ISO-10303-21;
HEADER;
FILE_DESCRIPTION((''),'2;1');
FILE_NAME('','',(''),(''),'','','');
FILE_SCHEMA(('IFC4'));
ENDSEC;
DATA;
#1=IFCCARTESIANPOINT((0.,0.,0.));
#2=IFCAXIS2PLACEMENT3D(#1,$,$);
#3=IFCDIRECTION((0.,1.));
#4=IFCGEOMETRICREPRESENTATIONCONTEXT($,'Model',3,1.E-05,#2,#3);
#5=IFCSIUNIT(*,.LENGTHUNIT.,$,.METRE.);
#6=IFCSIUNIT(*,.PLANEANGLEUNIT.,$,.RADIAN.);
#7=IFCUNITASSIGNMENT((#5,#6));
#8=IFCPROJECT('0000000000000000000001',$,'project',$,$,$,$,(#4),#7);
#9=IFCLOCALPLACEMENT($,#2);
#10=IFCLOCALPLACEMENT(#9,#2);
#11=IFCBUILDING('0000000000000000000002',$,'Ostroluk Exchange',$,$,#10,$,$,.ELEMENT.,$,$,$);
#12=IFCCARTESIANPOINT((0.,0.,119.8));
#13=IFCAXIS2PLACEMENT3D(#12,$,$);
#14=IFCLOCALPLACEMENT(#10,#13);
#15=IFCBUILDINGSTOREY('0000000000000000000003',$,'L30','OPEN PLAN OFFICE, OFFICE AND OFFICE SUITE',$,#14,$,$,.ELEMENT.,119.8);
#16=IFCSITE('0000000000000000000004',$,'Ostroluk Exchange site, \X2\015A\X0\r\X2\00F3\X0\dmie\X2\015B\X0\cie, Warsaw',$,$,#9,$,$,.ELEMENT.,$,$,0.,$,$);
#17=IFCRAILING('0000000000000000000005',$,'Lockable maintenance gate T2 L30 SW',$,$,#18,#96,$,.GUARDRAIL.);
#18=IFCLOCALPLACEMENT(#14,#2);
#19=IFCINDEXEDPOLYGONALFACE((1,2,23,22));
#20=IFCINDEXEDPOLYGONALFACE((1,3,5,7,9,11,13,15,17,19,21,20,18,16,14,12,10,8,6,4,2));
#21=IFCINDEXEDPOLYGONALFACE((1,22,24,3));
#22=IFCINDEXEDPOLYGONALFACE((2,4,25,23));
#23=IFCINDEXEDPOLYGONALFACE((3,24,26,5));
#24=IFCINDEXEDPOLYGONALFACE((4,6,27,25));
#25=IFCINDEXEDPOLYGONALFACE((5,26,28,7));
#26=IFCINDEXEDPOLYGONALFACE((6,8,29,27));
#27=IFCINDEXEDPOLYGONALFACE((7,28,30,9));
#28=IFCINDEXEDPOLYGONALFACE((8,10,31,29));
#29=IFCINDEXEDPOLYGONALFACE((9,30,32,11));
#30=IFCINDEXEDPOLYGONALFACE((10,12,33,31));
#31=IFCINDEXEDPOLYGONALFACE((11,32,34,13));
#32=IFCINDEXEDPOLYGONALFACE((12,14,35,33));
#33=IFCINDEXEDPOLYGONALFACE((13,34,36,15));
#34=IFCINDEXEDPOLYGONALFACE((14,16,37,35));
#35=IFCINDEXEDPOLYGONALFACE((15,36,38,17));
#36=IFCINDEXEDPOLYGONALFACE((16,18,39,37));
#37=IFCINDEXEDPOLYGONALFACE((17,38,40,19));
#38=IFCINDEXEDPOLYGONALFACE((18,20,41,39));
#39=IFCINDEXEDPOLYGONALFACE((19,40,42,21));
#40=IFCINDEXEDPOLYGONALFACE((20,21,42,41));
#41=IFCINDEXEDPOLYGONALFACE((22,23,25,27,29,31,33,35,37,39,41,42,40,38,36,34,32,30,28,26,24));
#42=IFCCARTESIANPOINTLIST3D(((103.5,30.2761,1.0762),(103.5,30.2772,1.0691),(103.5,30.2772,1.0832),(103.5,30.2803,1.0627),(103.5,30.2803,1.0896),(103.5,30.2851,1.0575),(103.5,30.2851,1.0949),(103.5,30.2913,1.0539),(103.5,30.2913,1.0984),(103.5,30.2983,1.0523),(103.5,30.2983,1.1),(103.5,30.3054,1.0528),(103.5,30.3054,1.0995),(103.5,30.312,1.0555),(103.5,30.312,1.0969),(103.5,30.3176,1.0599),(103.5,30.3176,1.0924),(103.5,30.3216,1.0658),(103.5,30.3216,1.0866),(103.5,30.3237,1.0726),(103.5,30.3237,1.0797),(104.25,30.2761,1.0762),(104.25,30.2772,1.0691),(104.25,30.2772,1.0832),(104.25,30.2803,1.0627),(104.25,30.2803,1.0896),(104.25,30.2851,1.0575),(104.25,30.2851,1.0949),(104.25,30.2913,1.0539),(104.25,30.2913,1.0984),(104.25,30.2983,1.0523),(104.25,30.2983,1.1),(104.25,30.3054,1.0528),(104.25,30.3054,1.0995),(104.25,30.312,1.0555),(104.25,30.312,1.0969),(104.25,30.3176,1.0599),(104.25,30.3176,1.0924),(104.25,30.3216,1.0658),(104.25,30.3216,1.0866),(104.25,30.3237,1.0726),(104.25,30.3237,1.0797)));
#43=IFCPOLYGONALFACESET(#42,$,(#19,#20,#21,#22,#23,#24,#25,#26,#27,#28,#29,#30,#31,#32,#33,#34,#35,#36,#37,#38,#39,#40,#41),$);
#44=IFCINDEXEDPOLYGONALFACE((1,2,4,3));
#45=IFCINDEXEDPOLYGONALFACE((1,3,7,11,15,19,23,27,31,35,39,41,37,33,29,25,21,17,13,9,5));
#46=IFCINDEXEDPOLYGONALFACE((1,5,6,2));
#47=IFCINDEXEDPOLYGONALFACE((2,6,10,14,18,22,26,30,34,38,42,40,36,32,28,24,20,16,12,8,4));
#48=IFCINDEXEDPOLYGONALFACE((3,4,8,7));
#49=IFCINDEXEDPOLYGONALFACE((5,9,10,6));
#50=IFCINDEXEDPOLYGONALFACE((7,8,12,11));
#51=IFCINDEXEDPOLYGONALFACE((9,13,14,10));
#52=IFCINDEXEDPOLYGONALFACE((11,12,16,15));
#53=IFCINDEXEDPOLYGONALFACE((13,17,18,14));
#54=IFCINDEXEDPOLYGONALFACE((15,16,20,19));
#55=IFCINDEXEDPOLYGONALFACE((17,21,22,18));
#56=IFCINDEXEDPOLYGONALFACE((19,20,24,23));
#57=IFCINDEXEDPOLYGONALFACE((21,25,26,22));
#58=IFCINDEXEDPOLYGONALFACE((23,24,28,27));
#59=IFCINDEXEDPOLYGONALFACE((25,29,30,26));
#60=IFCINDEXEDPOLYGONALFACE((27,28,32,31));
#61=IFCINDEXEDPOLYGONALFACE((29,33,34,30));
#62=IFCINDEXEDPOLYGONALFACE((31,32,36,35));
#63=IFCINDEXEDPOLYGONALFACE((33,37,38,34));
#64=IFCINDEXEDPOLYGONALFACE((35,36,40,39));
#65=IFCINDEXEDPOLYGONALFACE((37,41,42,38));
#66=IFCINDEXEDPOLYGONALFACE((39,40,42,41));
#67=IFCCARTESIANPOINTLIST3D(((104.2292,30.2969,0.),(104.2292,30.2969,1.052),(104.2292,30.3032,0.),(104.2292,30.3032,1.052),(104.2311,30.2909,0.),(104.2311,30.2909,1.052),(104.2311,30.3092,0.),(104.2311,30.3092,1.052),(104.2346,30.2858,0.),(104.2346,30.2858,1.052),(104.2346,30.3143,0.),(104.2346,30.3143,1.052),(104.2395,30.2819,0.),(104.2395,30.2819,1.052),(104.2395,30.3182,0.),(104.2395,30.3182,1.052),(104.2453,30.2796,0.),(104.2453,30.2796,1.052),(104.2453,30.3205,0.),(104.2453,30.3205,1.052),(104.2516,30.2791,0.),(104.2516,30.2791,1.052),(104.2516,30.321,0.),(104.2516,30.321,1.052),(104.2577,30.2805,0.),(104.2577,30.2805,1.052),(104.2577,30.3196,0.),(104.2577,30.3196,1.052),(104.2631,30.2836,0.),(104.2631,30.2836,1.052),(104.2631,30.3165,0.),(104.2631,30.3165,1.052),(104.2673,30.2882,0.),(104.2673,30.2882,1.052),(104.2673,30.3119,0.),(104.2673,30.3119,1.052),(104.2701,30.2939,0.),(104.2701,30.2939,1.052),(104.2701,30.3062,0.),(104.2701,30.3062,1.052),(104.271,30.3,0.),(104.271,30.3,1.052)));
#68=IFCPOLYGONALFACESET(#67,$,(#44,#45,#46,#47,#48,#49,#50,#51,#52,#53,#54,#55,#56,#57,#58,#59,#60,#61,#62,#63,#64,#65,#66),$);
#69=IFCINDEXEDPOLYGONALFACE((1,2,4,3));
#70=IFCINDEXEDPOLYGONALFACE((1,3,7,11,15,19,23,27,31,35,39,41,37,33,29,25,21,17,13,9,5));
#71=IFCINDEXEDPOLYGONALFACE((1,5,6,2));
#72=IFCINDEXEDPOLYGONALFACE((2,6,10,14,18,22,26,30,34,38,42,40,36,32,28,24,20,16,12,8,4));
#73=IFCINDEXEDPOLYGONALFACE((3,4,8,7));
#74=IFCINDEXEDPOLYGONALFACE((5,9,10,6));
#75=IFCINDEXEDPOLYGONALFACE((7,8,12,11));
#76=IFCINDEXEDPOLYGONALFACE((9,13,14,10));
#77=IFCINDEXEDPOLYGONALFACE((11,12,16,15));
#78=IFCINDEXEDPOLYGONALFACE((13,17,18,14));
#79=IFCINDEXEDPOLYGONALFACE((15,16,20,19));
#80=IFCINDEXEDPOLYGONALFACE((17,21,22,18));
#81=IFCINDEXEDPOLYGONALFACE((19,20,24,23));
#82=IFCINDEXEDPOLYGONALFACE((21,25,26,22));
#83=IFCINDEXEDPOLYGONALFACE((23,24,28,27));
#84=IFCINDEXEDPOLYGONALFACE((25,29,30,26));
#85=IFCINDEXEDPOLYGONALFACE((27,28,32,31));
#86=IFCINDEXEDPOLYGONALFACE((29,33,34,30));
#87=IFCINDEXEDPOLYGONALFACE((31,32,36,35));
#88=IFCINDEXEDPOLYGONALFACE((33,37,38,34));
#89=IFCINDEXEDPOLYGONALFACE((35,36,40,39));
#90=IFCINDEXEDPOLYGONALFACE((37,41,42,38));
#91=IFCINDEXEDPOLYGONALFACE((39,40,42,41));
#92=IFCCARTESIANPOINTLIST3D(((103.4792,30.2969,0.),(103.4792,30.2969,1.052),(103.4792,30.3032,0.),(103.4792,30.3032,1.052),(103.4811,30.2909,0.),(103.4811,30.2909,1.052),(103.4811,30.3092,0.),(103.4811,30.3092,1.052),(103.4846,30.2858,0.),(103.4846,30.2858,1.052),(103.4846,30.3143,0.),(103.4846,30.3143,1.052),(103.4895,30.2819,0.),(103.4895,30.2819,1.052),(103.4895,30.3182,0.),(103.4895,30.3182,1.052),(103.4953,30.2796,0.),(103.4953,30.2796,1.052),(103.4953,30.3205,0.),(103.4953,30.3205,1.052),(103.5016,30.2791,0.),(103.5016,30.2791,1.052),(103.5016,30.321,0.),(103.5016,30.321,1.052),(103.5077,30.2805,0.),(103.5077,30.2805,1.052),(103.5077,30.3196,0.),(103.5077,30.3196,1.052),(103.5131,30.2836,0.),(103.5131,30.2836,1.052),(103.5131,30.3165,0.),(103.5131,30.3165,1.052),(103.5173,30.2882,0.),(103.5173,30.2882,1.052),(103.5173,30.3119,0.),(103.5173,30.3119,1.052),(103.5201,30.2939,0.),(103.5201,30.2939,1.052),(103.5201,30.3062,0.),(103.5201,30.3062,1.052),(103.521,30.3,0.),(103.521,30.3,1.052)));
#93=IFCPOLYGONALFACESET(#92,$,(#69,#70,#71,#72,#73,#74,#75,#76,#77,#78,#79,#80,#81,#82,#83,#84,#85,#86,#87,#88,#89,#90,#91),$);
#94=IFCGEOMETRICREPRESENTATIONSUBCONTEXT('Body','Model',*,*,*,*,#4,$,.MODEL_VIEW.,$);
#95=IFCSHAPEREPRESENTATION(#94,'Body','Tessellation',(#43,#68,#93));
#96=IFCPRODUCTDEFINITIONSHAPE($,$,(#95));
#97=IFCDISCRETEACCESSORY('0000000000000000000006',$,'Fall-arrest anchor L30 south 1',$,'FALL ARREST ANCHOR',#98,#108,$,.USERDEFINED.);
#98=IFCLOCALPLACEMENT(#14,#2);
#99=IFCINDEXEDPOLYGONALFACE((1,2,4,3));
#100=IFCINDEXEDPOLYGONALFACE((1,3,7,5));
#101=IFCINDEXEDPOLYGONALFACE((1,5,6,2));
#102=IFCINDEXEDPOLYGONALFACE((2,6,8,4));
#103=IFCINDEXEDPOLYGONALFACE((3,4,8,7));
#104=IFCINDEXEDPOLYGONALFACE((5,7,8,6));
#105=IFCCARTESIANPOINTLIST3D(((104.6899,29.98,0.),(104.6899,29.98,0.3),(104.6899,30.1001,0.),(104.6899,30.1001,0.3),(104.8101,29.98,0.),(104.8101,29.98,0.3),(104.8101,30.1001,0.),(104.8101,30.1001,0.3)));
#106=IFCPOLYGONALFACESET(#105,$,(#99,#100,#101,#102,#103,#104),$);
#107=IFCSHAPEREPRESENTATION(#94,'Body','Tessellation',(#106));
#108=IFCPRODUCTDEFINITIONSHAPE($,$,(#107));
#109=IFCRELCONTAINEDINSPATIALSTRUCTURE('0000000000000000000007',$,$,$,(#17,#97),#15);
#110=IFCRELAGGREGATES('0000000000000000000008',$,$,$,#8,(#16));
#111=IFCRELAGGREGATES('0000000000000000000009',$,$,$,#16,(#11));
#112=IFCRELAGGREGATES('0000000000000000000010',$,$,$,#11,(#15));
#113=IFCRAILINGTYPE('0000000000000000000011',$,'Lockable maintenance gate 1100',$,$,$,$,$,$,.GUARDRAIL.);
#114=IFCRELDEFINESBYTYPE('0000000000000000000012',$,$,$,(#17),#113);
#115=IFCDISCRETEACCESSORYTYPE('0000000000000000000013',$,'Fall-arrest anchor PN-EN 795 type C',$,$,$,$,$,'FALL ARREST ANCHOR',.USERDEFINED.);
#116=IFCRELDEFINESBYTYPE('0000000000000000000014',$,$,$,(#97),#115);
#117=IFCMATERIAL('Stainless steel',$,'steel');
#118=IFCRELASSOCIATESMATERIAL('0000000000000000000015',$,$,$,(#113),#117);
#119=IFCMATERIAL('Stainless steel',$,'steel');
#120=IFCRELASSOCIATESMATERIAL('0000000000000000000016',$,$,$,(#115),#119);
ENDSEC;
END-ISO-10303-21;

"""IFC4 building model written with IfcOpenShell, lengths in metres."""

from ifc_helpers import new_model, si_unit, direction, frame, origin, origin_2d, place, context, subcontext, project, spatial, rectangle, circle, extrude, material, type_object, element, save


model = new_model("IFC4")

# Units and contexts
model_context = context("Model", 3, precision=1e-05, world=origin(), true_north=direction((0.0, 1.0)))
body_context = subcontext(model_context, "Body", "Model", "MODEL_VIEW")
ifc_project = project(units=[si_unit("LENGTHUNIT", "METRE"), si_unit("PLANEANGLEUNIT", "RADIAN")], contexts=[model_context])

# Site, building, storey
site_placement = place(None, origin())
site = spatial("IfcSite", under=ifc_project, at=site_placement, Name="Ostroluk Exchange site, Śródmieście, Warsaw", CompositionType="ELEMENT", RefElevation=0.0)
building_placement = place(site_placement, origin())
building = spatial("IfcBuilding", under=site, at=building_placement, Name="Ostroluk Exchange", CompositionType="ELEMENT")
storey_placement = place(building_placement, frame((0.0, 0.0, 119.8)))
storey = spatial("IfcBuildingStorey", under=building, at=storey_placement, Name="L30", Description="OPEN PLAN OFFICE, OFFICE AND OFFICE SUITE", CompositionType="ELEMENT", Elevation=119.8)

# Railing
ifc_material_1 = material(Name="Stainless steel", Category="steel")
railing_type_1 = type_object("IfcRailingType", Name="Lockable maintenance gate 1100", PredefinedType="GUARDRAIL", material=ifc_material_1)
railing_1_placement = place(storey_placement, frame((104.25, 30.3, 0.0)))
element("IfcRailing", 1, at=railing_1_placement, inside=storey, type_object=railing_type_1, Name="Lockable maintenance gate T2 L30 SW", PredefinedType="GUARDRAIL", context=body_context, shape_type="SweptSolid", body=[
    extrude(circle(Radius=0.0239, at=origin_2d()), frame((0.0, 0.0, 1.0762), z_axis=(-1.0, 0.0, 0.0), x_axis=(0.0, -1.0, 0.0)), (0.0, 0.0, 1.0), 0.75),
    extrude(circle(Radius=0.021, at=origin_2d()), origin(), (0.0, 0.0, 1.0), 1.052),
    extrude(circle(Radius=0.021, at=origin_2d()), frame((-0.75, 0.0, 0.0)), (0.0, 0.0, 1.0), 1.052),
])

# Discrete accessory
ifc_material_2 = material(Name="Stainless steel", Category="steel")
discrete_accessory_type = type_object("IfcDiscreteAccessoryType", Name="Fall-arrest anchor PN-EN 795 type C", ElementType="FALL ARREST ANCHOR", PredefinedType="USERDEFINED", material=ifc_material_2)
discrete_accessory_placement = place(storey_placement, frame((104.75, 30.04, 0.0), z_axis=(0.0, 0.0, 1.0), x_axis=(1.0, 0.0, 0.0)))
element("IfcDiscreteAccessory", 2, at=discrete_accessory_placement, inside=storey, type_object=discrete_accessory_type, Name="Fall-arrest anchor L30 south 1", ObjectType="FALL ARREST ANCHOR", PredefinedType="USERDEFINED", context=body_context, shape_type="SweptSolid", body=[
    extrude(rectangle(XDim=0.1201, YDim=0.1201, at=origin_2d()), origin(), (0.0, 0.0, 1.0), 0.3),
])

save(model, "model.ifc")
